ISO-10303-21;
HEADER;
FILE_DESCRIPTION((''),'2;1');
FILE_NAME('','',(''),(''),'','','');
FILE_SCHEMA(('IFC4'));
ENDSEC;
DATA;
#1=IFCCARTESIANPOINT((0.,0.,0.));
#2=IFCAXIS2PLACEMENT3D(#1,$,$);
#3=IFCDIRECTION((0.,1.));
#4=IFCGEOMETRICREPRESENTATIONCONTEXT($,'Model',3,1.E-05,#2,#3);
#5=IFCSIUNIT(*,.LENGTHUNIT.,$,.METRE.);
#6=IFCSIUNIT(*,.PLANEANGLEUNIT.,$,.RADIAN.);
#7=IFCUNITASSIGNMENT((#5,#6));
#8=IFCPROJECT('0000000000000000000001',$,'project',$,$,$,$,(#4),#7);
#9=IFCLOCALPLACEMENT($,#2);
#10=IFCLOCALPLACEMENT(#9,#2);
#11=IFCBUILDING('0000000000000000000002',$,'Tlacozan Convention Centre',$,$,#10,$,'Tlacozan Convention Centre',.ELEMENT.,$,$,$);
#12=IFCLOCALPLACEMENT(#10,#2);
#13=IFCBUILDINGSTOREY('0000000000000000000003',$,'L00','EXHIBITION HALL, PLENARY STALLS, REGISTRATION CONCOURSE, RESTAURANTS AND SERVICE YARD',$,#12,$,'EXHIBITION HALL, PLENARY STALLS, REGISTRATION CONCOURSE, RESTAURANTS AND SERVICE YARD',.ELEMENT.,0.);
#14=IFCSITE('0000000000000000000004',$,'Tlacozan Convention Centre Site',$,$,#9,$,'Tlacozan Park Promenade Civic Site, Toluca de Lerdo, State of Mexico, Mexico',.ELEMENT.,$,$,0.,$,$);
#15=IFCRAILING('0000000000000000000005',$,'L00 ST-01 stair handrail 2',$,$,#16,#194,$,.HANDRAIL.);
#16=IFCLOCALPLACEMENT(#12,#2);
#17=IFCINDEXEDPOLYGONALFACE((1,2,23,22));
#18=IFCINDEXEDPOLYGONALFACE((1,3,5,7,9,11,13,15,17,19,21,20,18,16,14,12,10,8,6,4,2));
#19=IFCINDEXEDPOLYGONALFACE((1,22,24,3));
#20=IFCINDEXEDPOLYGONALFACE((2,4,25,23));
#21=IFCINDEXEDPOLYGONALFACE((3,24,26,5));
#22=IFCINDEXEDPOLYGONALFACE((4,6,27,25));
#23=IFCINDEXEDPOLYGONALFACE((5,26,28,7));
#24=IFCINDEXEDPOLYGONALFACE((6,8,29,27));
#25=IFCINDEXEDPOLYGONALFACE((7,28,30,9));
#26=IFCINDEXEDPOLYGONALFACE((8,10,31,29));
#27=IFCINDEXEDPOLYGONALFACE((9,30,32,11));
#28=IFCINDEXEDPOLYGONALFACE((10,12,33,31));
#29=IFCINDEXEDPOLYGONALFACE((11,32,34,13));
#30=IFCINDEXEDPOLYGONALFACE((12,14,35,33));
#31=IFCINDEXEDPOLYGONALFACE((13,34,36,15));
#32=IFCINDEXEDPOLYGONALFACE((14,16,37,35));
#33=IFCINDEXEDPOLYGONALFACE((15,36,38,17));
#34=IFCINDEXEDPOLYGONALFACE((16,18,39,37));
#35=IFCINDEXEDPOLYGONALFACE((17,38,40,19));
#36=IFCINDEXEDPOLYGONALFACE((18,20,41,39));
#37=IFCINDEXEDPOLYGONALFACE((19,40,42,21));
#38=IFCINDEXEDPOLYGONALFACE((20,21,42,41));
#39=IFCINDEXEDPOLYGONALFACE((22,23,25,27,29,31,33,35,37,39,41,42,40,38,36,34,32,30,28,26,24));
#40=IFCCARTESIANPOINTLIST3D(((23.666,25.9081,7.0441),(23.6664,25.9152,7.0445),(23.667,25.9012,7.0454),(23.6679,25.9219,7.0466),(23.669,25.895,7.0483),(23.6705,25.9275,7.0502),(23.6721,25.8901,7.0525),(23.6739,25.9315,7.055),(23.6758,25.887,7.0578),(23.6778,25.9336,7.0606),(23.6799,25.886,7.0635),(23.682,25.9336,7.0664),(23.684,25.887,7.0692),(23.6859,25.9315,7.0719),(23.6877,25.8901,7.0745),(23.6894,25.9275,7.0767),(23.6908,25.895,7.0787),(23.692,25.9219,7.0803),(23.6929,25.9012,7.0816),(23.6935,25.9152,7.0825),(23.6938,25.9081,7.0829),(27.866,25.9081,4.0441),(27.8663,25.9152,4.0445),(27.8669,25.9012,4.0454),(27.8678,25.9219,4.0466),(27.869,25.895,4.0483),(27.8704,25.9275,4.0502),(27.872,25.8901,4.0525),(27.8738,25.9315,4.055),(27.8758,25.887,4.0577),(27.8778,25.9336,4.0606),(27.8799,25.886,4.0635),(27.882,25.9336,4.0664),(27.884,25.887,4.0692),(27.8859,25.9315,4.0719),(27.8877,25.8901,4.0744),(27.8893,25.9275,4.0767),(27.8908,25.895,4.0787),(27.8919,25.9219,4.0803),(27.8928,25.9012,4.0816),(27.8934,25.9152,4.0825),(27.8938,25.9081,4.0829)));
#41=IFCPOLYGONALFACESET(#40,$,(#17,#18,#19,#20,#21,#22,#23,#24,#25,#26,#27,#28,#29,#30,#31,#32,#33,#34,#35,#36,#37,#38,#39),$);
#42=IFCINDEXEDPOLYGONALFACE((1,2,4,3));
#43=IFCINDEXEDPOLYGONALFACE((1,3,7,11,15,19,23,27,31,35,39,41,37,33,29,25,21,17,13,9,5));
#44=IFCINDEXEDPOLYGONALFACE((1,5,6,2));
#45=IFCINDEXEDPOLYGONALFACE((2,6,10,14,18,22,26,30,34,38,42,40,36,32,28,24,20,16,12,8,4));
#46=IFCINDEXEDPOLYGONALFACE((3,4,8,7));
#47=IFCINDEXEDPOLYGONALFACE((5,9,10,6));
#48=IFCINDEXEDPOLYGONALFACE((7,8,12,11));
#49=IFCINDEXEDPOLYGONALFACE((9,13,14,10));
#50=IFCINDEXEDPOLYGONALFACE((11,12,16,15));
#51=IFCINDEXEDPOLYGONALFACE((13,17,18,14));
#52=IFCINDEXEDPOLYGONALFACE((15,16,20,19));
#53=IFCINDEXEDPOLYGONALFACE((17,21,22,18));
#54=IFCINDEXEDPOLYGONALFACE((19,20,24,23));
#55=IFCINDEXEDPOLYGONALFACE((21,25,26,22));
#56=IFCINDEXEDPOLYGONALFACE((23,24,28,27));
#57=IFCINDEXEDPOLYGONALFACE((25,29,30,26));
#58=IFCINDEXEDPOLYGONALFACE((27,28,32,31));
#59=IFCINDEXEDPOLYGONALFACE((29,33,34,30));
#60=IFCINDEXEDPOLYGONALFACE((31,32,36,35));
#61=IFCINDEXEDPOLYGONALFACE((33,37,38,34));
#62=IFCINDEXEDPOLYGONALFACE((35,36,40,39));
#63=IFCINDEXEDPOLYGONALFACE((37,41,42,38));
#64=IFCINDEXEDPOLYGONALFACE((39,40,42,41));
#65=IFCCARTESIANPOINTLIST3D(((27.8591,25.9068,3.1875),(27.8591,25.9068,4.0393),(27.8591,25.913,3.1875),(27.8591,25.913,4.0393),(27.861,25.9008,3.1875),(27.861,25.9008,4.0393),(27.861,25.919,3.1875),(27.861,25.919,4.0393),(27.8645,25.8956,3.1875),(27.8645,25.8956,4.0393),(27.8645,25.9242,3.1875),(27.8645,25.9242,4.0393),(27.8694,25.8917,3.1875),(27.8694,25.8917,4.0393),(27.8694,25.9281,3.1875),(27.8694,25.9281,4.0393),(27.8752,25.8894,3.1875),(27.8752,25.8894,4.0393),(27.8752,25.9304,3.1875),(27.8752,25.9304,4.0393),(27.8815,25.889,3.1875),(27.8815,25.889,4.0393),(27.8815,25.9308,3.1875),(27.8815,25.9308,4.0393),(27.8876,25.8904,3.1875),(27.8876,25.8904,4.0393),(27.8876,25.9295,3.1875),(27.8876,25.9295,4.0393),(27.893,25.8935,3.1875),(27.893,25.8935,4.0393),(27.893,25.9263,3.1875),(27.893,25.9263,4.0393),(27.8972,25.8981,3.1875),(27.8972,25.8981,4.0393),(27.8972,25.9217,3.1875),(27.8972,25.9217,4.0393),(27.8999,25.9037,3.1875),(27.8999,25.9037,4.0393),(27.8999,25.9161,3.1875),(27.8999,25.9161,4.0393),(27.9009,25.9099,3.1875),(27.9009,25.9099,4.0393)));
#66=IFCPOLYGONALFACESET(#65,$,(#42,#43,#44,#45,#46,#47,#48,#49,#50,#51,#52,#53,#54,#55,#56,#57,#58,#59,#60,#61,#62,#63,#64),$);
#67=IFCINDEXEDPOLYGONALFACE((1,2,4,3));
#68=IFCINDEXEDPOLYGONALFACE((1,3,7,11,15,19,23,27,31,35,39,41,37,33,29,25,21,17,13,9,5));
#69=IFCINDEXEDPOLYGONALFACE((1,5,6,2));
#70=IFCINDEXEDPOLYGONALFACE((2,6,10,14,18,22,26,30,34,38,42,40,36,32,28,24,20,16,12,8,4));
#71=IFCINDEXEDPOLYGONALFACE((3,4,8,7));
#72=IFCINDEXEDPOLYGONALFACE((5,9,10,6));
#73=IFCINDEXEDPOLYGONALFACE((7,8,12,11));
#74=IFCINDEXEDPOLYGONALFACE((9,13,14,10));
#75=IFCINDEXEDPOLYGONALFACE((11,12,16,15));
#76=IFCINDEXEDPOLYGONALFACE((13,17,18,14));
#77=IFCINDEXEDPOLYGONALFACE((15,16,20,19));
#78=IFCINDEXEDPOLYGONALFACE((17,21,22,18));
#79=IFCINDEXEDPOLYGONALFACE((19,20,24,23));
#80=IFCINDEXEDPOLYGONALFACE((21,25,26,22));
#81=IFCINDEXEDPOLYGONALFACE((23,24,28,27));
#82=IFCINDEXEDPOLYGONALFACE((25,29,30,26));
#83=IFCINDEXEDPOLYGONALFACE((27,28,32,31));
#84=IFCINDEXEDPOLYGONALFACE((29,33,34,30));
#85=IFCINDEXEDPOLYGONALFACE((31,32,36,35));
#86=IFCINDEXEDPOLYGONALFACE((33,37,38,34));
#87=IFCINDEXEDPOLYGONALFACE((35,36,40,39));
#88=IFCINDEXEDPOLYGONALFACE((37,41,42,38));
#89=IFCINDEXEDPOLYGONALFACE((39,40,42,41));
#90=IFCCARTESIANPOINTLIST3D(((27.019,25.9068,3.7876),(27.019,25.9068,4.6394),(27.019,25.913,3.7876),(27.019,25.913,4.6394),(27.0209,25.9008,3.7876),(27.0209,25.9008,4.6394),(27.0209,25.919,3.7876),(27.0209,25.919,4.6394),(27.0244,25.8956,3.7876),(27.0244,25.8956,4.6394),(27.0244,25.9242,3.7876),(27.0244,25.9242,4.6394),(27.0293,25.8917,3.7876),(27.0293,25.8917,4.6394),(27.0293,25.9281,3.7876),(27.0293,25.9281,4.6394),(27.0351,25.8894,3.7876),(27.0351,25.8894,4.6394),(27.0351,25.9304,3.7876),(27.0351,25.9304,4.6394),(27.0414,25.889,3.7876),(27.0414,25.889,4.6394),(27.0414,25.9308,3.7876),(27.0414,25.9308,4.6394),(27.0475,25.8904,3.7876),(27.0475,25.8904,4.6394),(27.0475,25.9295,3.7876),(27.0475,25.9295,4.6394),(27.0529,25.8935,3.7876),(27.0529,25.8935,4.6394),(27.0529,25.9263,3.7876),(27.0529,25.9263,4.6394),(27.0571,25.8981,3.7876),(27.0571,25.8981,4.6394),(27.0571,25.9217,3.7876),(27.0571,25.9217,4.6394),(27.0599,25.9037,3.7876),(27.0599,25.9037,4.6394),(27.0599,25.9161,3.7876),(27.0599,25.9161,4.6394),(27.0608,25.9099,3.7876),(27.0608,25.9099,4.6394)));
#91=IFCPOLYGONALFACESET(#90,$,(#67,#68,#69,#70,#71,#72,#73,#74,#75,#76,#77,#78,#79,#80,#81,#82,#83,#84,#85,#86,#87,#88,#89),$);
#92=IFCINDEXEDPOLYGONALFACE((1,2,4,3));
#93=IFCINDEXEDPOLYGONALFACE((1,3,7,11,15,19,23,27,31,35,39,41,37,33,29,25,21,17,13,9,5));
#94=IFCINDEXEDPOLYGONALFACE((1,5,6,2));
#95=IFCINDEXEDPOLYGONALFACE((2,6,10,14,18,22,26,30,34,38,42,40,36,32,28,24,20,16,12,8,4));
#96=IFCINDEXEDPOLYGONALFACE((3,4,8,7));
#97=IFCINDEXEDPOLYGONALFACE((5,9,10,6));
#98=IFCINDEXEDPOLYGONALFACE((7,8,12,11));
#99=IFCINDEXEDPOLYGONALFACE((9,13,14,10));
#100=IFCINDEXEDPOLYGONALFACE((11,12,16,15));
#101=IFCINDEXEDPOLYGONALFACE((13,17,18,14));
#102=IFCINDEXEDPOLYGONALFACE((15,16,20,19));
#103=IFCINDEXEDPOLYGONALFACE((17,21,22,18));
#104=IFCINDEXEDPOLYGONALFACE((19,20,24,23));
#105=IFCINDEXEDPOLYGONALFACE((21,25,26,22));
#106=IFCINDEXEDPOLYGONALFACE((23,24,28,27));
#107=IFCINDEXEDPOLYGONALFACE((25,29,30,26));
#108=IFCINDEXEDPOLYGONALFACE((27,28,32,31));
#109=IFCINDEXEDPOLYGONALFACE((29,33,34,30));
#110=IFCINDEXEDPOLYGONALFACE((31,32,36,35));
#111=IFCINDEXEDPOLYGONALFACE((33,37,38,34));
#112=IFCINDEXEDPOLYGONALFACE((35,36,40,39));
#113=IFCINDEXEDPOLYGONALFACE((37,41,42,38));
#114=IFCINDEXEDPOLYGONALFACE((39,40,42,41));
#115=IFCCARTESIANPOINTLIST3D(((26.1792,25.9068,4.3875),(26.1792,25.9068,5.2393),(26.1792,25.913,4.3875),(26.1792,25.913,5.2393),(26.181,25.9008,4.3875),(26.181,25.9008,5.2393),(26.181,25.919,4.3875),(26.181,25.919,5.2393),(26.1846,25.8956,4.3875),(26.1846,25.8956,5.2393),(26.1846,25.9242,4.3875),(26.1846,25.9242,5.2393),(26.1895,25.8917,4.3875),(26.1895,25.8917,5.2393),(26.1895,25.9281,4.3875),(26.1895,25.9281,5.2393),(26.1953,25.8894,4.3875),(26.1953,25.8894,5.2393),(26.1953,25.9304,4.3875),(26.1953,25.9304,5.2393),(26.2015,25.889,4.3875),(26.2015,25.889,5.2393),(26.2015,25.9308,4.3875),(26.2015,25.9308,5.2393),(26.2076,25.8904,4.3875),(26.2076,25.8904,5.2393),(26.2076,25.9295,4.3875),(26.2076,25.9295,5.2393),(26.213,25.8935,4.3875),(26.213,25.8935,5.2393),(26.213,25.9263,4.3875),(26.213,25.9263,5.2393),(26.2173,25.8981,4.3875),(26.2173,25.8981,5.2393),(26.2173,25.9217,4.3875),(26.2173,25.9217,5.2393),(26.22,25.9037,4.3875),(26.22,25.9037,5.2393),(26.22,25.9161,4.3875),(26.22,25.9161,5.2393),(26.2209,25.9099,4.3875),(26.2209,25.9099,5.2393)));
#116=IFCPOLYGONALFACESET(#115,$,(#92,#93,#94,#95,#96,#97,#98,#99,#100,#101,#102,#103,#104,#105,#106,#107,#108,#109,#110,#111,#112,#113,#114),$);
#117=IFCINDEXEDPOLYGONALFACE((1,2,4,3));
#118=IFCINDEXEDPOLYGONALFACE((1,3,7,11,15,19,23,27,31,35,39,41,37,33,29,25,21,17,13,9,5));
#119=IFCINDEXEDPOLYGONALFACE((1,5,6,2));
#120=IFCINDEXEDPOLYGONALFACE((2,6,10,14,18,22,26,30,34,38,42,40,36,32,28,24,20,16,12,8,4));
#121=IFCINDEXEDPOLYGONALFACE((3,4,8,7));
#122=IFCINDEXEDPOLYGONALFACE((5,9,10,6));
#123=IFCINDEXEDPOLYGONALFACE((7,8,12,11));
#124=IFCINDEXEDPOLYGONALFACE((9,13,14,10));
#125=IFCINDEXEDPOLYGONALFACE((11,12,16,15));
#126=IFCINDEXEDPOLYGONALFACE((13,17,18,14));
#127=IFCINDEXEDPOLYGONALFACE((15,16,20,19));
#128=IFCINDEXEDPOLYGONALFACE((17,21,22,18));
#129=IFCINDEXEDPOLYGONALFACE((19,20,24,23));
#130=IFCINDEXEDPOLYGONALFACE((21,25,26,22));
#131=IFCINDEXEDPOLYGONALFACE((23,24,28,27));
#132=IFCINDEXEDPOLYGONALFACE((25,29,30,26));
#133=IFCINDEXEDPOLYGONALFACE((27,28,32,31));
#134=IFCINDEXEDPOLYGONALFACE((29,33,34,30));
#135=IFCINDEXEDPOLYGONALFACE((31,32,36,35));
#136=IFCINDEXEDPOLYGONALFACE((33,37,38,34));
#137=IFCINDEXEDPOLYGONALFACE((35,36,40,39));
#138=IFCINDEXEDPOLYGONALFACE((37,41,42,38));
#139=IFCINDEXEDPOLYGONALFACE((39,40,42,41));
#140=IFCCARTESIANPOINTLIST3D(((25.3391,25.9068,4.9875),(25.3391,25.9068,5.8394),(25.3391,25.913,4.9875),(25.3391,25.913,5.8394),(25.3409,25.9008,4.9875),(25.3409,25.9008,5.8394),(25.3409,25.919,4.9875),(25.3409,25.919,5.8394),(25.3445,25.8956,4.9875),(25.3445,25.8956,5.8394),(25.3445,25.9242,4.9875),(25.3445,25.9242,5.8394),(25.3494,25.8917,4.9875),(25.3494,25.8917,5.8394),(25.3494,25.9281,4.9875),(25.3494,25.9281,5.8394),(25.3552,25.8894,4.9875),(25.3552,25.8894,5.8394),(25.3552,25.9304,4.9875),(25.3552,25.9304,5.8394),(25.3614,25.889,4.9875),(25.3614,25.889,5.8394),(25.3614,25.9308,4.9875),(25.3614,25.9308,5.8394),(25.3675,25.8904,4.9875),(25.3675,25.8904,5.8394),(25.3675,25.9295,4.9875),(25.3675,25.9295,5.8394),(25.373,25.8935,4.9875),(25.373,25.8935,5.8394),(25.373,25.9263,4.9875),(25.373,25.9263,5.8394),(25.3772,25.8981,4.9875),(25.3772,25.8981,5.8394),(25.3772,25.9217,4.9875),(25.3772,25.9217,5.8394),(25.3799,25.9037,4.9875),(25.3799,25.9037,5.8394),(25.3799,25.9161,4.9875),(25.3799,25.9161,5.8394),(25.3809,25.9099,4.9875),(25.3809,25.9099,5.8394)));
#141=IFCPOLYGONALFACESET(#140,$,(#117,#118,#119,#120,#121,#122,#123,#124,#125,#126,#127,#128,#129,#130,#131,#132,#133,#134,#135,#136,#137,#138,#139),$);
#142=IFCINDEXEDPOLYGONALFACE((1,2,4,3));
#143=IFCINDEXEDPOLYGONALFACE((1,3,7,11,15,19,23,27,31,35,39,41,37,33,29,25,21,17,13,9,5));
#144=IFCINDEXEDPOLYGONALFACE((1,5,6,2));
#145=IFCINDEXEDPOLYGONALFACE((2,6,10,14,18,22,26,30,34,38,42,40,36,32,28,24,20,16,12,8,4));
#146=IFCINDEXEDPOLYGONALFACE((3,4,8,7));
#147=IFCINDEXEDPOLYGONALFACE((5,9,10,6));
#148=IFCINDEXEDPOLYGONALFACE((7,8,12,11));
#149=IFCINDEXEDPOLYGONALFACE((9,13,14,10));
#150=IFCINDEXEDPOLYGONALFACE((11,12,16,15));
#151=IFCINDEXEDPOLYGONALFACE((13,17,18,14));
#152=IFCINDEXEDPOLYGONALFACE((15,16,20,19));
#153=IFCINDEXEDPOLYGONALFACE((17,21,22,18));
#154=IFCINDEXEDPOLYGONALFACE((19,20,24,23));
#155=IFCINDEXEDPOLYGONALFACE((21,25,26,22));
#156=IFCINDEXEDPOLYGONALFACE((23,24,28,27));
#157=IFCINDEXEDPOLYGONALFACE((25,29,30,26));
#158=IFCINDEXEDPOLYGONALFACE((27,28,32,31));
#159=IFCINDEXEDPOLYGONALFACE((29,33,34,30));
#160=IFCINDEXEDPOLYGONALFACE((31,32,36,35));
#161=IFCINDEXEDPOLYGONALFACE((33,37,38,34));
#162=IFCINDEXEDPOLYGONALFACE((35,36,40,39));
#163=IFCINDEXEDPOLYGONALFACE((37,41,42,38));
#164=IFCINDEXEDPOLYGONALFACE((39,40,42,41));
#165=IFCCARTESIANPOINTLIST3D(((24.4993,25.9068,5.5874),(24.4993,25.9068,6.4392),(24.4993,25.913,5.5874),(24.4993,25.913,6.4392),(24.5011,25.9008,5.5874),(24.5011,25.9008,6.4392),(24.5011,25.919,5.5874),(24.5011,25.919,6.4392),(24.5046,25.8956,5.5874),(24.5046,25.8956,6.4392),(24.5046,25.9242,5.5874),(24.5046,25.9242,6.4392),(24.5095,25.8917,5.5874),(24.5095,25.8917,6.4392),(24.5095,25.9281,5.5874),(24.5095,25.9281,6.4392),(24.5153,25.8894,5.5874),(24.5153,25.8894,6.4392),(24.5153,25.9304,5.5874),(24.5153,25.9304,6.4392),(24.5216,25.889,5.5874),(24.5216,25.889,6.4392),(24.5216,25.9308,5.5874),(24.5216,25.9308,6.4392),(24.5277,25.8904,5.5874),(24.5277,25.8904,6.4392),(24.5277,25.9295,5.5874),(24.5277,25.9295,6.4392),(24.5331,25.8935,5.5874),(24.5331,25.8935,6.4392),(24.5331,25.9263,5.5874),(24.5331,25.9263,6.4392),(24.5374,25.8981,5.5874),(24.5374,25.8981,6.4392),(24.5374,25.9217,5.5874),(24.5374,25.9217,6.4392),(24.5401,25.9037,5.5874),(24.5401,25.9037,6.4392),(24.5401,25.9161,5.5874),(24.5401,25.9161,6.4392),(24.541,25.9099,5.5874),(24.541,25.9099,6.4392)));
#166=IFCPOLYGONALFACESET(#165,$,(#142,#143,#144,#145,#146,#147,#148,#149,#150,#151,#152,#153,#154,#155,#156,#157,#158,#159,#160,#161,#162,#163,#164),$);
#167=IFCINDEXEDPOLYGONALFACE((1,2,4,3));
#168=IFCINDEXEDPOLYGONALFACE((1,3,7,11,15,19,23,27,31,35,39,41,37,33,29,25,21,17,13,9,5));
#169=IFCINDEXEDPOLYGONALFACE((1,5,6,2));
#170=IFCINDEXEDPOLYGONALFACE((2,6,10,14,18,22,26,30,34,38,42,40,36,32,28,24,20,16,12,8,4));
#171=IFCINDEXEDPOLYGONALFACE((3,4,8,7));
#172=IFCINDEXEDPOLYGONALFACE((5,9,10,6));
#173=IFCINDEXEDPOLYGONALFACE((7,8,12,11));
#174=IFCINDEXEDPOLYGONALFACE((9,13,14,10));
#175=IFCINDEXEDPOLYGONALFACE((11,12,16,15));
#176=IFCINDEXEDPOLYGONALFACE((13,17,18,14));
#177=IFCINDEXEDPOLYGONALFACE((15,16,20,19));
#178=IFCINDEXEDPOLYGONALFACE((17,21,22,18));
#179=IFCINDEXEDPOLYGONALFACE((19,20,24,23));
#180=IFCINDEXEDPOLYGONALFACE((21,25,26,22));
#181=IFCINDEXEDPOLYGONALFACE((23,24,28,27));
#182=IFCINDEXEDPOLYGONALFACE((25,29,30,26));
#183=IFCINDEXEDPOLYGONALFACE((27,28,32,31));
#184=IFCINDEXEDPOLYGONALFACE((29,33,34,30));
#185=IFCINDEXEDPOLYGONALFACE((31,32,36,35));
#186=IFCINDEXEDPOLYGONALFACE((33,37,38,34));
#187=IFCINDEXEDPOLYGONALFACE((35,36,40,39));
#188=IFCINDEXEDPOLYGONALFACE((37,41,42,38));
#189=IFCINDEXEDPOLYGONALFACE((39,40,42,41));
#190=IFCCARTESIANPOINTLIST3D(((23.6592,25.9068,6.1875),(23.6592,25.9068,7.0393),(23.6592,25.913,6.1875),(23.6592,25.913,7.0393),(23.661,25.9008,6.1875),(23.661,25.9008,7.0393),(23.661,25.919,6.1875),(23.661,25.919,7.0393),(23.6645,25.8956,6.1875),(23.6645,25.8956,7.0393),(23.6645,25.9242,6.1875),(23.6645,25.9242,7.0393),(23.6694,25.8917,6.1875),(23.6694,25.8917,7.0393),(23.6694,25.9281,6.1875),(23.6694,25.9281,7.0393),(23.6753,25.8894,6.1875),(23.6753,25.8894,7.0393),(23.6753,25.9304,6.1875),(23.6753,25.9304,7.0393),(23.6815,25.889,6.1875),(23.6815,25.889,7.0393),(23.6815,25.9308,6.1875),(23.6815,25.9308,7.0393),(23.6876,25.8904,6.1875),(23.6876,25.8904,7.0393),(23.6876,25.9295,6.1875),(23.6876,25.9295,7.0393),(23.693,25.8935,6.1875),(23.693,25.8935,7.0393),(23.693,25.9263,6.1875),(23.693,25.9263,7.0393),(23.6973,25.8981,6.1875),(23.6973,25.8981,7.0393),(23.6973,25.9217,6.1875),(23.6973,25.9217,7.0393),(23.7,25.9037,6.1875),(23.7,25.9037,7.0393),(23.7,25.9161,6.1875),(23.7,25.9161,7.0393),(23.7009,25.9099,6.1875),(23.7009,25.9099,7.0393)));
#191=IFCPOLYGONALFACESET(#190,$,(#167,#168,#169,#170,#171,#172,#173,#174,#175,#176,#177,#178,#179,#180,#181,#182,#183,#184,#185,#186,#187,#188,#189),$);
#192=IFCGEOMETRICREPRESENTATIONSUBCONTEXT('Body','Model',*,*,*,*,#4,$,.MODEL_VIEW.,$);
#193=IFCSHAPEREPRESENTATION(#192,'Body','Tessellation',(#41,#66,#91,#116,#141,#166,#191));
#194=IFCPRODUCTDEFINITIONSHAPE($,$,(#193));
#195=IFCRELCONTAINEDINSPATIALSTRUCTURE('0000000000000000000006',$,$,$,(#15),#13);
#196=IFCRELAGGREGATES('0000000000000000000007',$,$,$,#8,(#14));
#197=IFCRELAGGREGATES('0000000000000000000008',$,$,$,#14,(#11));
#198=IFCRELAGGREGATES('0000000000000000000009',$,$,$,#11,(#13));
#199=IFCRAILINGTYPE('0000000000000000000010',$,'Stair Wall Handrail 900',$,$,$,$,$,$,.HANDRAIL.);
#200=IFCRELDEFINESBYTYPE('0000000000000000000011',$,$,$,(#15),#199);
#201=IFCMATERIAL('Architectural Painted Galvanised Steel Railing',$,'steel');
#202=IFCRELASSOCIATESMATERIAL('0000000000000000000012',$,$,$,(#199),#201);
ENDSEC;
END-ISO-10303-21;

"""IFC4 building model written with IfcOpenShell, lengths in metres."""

from ifc_helpers import new_model, si_unit, direction, frame, origin, origin_2d, place, context, subcontext, project, spatial, circle, extrude, material, type_object, element, save


model = new_model("IFC4")

# Units and contexts
model_context = context("Model", 3, precision=1e-05, world=origin(), true_north=direction((0.0, 1.0)))
body_context = subcontext(model_context, "Body", "Model", "MODEL_VIEW")
ifc_project = project(units=[si_unit("LENGTHUNIT", "METRE"), si_unit("PLANEANGLEUNIT", "RADIAN")], contexts=[model_context])

# Site, building, storey
site_placement = place(None, origin())
site = spatial("IfcSite", under=ifc_project, at=site_placement, Name="Tlacozan Convention Centre Site", LongName="Tlacozan Park Promenade Civic Site, Toluca de Lerdo, State of Mexico, Mexico", CompositionType="ELEMENT", RefElevation=0.0)
building_placement = place(site_placement, origin())
building = spatial("IfcBuilding", under=site, at=building_placement, Name="Tlacozan Convention Centre", LongName="Tlacozan Convention Centre", CompositionType="ELEMENT")
storey_placement = place(building_placement, origin())
storey = spatial("IfcBuildingStorey", under=building, at=storey_placement, Name="L00", Description="EXHIBITION HALL, PLENARY STALLS, REGISTRATION CONCOURSE, RESTAURANTS AND SERVICE YARD", LongName="EXHIBITION HALL, PLENARY STALLS, REGISTRATION CONCOURSE, RESTAURANTS AND SERVICE YARD", CompositionType="ELEMENT", Elevation=0.0)

# Railing
ifc_material_1 = material(Name="Architectural Painted Galvanised Steel Railing", Category="steel")
railing_type_1 = type_object("IfcRailingType", Name="Stair Wall Handrail 900", PredefinedType="HANDRAIL", material=ifc_material_1)
railing_1_placement = place(storey_placement, frame((27.8799, 25.9099, 3.1875)))
element("IfcRailing", 1, at=railing_1_placement, inside=storey, type_object=railing_type_1, Name="L00 ST-01 stair handrail 2", PredefinedType="HANDRAIL", context=body_context, shape_type="SweptSolid", body=[
    extrude(circle(Radius=0.0239, at=origin_2d()), frame((0.0, 0.0, 0.876), z_axis=(-0.81373, 0.0, 0.581243), x_axis=(0.0, -1.0, 0.0)), (0.0, 0.0, 1.0), 5.1614),
    extrude(circle(Radius=0.021, at=origin_2d()), origin(), (0.0, 0.0, 1.0), 0.8518),
    extrude(circle(Radius=0.021, at=origin_2d()), frame((-0.8401, 0.0, 0.6001)), (0.0, 0.0, 1.0), 0.8518),
    extrude(circle(Radius=0.021, at=origin_2d()), frame((-1.6799, 0.0, 1.2)), (0.0, 0.0, 1.0), 0.8518),
    extrude(circle(Radius=0.021, at=origin_2d()), frame((-2.52, 0.0, 1.8)), (0.0, 0.0, 1.0), 0.8518),
    extrude(circle(Radius=0.021, at=origin_2d()), frame((-3.3599, 0.0, 2.3999)), (0.0, 0.0, 1.0), 0.8518),
    extrude(circle(Radius=0.021, at=origin_2d()), frame((-4.2, 0.0, 3.0)), (0.0, 0.0, 1.0), 0.8518),
])

save(model, "model.ifc")
